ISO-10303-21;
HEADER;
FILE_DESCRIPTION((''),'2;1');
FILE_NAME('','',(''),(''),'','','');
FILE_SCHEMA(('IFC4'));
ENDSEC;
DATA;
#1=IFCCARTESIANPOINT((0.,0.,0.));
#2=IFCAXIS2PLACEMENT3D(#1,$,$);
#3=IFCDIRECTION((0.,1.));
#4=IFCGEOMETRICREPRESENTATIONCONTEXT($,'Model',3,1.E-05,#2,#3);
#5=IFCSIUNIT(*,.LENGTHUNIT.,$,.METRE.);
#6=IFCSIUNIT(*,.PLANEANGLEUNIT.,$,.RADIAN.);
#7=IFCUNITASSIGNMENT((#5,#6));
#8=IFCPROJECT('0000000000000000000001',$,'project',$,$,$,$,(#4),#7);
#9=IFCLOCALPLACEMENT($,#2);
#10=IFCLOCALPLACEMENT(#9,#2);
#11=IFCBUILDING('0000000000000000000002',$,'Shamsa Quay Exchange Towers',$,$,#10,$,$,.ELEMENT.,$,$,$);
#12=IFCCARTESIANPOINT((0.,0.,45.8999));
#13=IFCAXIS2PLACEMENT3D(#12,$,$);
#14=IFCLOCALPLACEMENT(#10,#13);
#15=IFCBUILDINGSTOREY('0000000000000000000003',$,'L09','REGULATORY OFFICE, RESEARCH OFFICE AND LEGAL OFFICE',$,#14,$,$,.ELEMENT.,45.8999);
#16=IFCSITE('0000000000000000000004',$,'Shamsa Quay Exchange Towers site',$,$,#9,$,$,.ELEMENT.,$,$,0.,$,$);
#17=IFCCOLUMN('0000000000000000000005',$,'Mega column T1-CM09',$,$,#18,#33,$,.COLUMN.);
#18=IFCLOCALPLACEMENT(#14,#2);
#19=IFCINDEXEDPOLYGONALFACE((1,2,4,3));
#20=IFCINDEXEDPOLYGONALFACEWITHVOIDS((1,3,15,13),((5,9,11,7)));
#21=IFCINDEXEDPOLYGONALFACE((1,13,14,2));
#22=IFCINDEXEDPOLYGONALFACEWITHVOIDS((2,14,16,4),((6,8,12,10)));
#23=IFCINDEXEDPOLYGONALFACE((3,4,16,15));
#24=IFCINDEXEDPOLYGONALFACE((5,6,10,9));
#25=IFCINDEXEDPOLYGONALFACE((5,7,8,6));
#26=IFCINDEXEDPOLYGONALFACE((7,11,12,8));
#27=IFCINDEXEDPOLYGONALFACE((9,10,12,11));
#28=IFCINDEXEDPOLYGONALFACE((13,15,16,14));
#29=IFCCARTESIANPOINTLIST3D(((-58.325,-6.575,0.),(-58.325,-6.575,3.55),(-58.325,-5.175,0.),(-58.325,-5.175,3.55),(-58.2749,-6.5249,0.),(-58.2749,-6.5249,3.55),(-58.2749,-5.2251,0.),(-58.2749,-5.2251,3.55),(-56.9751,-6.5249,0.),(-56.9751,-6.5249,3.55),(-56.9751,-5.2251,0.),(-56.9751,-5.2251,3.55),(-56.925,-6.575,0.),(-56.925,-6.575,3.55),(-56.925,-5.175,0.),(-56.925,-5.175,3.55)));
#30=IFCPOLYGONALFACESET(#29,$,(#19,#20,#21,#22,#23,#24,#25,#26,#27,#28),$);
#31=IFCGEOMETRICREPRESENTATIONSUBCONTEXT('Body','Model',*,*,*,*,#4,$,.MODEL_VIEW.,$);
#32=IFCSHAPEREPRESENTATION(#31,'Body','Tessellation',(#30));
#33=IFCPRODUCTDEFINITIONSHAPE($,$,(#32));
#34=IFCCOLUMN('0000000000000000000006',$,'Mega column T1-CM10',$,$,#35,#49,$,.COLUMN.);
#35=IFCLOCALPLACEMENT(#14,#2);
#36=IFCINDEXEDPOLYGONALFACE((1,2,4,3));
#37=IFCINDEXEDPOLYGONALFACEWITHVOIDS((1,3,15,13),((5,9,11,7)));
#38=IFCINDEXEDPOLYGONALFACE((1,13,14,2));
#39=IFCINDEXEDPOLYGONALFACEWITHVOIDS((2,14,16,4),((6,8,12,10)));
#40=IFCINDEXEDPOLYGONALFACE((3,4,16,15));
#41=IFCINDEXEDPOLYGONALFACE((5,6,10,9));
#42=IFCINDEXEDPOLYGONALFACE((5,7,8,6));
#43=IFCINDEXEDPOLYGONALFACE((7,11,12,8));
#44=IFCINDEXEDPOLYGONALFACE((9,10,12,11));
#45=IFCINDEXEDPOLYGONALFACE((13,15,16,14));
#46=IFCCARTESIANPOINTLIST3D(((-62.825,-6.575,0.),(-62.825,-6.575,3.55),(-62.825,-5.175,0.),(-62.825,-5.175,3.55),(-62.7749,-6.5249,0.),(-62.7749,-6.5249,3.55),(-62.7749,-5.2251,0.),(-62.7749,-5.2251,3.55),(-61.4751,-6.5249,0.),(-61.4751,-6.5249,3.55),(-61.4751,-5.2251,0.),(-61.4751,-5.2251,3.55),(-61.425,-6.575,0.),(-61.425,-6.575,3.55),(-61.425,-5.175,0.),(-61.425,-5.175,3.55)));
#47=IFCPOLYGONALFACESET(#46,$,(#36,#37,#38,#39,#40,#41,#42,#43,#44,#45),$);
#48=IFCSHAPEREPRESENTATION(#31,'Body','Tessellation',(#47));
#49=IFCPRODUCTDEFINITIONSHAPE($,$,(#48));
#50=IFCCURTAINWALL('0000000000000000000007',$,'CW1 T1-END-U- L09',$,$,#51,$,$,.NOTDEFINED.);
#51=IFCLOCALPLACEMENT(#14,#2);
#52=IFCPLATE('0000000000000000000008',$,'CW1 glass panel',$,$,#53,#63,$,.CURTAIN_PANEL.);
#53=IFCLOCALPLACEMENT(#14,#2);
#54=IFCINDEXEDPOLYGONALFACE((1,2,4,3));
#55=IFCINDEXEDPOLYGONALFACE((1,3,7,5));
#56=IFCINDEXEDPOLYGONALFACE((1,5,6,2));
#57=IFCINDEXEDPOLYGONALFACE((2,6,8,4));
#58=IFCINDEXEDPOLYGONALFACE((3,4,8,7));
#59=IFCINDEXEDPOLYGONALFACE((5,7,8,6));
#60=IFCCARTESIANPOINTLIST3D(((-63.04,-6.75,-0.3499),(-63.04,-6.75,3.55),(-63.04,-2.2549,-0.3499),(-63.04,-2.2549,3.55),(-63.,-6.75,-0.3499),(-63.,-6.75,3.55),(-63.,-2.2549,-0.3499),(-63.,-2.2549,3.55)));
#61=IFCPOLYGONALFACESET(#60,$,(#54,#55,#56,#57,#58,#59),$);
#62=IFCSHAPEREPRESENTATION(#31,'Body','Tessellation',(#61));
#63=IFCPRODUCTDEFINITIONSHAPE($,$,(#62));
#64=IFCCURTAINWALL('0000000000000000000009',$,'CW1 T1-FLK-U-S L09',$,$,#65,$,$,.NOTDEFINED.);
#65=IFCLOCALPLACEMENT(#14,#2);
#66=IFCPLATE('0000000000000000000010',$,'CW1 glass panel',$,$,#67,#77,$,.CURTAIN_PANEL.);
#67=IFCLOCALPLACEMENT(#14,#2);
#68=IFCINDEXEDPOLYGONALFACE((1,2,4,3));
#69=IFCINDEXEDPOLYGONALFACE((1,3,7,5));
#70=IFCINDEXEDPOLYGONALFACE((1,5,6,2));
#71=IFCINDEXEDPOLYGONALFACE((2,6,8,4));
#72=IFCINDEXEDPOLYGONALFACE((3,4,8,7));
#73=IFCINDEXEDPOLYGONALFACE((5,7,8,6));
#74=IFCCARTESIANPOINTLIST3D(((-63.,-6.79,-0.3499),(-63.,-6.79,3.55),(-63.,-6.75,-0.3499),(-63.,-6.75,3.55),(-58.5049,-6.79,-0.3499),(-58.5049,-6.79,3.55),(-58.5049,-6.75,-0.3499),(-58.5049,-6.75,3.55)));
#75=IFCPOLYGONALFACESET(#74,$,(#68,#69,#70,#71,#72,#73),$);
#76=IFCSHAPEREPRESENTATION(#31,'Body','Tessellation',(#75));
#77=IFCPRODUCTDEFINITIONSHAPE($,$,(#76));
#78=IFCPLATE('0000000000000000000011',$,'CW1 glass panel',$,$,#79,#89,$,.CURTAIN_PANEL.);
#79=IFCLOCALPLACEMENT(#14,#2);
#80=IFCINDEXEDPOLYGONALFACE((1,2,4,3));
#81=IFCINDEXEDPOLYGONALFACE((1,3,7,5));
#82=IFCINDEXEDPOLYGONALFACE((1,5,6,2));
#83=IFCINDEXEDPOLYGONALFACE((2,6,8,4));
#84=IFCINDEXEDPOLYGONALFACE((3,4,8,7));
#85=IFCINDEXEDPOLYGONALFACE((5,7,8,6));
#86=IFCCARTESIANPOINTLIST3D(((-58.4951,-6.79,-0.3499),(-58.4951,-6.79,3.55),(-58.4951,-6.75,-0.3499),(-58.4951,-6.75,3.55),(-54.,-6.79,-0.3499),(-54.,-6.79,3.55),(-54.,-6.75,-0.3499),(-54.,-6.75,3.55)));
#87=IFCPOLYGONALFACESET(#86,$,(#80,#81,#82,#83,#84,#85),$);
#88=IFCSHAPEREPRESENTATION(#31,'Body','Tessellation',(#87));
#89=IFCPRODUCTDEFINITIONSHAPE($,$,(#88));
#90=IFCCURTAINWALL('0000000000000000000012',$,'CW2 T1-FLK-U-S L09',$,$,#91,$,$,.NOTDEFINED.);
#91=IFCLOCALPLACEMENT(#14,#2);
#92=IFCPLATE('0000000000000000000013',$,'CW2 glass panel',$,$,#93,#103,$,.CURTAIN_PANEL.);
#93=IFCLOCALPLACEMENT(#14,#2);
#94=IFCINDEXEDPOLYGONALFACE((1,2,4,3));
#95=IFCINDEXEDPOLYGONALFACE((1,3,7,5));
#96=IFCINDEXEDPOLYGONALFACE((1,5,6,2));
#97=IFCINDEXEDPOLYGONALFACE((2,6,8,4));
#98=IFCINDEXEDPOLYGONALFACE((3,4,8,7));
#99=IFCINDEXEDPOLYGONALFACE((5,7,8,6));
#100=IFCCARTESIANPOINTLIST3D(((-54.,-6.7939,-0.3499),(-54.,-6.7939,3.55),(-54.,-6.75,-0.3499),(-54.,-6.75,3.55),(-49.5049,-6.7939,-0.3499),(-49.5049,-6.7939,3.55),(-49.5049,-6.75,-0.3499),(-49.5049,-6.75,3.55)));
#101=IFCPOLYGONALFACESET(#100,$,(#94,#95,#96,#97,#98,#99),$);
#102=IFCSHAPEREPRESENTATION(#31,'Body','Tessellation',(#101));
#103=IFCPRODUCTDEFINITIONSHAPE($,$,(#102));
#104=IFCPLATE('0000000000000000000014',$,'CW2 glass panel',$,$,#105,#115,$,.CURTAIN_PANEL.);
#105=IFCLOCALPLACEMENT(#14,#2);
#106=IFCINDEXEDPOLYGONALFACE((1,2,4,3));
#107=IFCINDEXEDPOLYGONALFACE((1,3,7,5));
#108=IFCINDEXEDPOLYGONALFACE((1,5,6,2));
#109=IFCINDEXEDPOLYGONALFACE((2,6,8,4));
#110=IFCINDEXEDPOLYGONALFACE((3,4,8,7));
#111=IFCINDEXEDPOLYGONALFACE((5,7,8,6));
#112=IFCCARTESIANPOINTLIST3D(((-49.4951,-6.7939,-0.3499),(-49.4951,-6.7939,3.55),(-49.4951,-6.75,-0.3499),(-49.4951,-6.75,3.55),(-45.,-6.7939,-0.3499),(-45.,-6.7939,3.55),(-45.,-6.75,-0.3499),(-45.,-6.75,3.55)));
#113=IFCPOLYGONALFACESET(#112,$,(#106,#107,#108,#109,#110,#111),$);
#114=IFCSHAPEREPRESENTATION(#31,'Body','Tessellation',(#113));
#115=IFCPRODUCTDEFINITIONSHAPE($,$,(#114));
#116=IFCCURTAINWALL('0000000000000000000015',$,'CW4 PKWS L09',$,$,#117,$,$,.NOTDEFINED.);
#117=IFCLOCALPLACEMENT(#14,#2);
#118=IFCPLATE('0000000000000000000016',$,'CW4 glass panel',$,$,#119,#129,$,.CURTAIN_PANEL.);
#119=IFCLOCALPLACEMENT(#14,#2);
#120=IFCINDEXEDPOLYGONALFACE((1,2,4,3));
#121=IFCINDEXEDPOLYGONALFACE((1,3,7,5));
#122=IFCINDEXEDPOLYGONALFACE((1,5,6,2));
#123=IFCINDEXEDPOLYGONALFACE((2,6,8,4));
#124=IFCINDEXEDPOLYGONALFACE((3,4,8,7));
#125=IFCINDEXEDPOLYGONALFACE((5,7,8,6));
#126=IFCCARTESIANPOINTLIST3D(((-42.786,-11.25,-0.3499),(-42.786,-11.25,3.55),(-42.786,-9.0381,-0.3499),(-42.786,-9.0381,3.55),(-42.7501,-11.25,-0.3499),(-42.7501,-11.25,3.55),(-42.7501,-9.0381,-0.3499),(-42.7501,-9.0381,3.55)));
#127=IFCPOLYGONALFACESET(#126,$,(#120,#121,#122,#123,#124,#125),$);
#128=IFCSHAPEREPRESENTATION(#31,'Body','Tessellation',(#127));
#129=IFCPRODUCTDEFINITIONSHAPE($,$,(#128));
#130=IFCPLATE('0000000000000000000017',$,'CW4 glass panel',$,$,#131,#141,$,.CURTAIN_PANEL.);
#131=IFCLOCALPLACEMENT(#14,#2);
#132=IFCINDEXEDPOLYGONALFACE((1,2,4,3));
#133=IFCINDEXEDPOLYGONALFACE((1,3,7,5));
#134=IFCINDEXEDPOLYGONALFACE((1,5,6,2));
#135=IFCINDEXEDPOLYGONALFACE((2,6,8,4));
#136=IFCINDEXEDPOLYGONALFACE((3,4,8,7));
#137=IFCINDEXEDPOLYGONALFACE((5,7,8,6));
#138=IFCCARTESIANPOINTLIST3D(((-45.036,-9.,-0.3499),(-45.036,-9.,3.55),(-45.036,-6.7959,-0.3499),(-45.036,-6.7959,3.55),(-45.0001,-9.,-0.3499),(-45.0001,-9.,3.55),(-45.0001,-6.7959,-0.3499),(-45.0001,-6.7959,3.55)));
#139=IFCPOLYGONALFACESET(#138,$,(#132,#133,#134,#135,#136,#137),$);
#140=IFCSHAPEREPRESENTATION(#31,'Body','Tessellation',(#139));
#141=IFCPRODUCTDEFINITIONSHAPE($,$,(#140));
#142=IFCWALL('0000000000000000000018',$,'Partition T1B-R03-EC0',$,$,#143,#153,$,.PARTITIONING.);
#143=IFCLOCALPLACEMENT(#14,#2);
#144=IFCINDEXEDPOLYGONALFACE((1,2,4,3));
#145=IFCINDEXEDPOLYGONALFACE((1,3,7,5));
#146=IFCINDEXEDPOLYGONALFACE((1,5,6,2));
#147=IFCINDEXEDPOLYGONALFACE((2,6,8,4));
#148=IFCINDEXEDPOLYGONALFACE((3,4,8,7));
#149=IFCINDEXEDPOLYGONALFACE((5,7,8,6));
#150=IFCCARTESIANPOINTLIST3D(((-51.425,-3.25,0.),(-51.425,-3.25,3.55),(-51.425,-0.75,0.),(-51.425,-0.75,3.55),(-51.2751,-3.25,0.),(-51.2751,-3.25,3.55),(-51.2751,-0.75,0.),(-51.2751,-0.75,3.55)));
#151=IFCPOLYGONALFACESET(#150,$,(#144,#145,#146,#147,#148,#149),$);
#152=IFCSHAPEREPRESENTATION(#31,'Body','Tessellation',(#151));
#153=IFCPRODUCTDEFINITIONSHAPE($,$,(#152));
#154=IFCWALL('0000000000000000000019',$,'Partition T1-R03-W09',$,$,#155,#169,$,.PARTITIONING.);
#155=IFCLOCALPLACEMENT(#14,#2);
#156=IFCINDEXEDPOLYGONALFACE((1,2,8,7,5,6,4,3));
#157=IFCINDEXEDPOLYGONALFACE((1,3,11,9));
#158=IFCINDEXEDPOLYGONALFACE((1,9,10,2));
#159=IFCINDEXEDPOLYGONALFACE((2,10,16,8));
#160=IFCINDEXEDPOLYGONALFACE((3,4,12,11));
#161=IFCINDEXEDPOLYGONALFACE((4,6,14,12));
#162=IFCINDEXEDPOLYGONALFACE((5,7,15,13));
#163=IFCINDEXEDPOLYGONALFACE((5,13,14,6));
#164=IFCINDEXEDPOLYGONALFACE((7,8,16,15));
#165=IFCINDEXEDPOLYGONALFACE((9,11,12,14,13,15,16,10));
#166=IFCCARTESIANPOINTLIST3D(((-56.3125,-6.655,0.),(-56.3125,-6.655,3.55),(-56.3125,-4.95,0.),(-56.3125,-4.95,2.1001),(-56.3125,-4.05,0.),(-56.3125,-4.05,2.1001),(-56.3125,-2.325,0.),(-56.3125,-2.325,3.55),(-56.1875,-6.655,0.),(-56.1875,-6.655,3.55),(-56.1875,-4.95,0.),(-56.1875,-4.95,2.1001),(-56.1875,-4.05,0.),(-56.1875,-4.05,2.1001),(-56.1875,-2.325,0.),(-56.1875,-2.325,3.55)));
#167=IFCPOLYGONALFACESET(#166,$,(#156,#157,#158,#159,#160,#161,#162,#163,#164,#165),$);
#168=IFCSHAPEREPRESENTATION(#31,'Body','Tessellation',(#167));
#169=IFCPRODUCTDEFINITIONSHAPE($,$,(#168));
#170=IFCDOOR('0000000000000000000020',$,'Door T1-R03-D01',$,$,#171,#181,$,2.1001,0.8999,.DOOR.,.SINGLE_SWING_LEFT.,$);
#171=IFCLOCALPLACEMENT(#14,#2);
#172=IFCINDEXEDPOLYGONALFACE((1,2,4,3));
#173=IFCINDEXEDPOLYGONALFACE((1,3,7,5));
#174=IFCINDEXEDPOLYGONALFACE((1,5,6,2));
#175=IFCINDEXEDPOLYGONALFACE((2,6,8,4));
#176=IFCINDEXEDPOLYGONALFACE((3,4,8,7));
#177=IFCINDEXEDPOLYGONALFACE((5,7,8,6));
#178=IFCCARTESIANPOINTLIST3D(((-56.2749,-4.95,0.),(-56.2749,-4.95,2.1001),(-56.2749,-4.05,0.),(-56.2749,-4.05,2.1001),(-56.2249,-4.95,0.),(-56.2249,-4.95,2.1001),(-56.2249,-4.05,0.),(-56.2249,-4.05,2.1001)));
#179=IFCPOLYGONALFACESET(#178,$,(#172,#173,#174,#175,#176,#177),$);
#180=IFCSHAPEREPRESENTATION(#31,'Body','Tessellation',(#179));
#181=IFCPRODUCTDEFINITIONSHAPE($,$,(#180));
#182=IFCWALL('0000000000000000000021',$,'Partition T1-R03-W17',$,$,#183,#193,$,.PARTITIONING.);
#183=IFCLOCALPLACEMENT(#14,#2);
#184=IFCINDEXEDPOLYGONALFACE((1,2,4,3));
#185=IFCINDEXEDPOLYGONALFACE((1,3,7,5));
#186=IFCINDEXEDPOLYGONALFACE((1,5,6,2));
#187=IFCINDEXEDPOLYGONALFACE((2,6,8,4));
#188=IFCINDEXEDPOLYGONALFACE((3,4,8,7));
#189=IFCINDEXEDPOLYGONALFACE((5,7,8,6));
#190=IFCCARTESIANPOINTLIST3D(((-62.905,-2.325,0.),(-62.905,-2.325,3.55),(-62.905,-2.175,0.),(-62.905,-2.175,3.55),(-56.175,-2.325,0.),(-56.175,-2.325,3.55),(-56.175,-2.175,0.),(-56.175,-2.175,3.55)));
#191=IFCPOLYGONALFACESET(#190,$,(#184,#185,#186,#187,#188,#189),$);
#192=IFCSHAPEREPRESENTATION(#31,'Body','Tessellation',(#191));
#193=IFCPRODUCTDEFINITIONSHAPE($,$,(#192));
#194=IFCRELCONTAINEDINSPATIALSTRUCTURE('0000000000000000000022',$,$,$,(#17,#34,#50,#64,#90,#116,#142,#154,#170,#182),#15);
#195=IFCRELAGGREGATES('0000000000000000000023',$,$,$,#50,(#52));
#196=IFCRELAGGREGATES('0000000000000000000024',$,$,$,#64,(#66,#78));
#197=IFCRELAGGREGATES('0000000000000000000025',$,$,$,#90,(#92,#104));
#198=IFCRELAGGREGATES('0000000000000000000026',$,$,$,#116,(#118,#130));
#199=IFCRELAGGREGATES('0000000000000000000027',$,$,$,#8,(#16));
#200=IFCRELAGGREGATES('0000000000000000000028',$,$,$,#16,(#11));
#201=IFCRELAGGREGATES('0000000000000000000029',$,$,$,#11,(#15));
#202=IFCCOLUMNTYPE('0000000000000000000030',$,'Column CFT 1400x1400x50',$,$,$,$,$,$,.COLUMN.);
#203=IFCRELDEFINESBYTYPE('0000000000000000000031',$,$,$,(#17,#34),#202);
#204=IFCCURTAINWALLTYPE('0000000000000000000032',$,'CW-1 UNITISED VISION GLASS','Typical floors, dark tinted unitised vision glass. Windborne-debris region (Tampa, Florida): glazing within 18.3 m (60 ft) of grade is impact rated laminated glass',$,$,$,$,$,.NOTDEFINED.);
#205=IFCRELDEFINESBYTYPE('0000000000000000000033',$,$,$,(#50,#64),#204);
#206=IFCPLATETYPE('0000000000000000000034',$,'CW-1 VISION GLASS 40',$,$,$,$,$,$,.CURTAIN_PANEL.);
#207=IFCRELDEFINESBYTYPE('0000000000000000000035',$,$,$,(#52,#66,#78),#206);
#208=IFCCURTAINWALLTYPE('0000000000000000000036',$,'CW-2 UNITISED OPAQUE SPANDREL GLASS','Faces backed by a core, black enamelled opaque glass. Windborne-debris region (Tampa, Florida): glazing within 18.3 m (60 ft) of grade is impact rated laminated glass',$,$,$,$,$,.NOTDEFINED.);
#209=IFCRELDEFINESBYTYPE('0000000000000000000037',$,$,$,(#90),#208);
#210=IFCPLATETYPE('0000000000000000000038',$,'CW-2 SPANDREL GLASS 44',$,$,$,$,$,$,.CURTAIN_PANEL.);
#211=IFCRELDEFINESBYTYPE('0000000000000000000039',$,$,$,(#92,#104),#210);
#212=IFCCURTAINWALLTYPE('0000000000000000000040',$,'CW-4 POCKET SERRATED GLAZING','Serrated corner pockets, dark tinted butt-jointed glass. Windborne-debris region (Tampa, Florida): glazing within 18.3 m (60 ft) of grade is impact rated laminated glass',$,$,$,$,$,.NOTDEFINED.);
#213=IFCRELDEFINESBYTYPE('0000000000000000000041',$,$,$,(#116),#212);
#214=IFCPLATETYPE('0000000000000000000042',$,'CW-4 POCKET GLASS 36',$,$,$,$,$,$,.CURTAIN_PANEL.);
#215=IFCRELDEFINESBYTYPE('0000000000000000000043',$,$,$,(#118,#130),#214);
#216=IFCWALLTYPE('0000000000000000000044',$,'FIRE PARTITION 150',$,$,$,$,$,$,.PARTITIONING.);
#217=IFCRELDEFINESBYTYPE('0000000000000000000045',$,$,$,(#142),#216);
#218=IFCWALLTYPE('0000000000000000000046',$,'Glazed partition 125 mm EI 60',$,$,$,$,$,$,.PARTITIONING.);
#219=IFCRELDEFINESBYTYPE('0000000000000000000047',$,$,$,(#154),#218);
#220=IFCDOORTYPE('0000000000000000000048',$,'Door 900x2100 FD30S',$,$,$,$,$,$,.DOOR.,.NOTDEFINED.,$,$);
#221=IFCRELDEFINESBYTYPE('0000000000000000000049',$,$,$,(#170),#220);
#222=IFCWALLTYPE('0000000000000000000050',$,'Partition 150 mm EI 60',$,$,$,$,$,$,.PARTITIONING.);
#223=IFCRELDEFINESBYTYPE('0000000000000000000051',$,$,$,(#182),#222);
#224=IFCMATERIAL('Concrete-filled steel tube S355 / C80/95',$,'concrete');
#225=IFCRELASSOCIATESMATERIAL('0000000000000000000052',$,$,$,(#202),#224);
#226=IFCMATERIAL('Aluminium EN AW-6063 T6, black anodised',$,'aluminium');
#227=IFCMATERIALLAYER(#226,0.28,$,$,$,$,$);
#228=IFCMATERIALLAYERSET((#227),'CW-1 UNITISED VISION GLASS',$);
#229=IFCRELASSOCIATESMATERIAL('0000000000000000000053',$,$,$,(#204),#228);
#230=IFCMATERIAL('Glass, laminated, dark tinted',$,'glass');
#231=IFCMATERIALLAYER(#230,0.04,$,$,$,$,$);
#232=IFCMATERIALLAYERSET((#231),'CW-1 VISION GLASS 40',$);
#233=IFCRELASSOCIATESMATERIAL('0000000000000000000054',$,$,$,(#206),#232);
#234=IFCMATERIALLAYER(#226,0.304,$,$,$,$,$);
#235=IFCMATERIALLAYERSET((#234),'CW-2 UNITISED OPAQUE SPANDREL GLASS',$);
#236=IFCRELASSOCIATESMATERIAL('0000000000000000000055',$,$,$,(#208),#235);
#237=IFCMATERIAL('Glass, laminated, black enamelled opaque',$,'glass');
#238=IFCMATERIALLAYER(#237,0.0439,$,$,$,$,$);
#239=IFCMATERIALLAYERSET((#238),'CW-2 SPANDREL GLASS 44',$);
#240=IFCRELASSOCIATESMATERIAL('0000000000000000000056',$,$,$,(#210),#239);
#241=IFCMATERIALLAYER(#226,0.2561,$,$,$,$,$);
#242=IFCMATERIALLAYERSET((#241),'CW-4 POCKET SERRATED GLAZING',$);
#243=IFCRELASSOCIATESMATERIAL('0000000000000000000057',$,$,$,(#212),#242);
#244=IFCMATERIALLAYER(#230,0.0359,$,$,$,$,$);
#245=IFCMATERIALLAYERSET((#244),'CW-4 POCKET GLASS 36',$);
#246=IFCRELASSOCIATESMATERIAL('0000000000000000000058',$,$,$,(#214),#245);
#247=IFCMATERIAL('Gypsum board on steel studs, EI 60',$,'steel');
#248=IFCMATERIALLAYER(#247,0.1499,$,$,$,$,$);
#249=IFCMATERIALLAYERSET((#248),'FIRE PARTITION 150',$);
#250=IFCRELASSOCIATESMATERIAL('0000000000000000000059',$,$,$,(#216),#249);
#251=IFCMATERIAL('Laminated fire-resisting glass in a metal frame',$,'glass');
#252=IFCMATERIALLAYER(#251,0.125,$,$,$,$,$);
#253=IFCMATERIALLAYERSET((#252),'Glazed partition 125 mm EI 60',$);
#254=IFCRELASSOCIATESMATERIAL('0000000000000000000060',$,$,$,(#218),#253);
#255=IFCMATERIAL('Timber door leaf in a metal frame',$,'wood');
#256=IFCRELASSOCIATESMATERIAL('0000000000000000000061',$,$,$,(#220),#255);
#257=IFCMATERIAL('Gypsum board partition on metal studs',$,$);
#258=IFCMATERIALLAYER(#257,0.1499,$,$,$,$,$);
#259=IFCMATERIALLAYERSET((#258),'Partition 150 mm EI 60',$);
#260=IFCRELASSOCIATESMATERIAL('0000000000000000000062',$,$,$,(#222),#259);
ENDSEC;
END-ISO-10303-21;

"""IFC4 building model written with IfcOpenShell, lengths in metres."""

from ifc_helpers import new_model, si_unit, direction, frame, frame_2d, origin, origin_2d, place, context, subcontext, project, spatial, rectangle, hollow_rectangle, extrude, material, layer, layer_set, material_profile, profile_set, type_object, element, fill, aggregate, save


model = new_model("IFC4")

# Units and contexts
model_context = context("Model", 3, precision=1e-05, world=origin(), true_north=direction((0.0, 1.0)))
body_context = subcontext(model_context, "Body", "Model", "MODEL_VIEW")
ifc_project = project(units=[si_unit("LENGTHUNIT", "METRE"), si_unit("PLANEANGLEUNIT", "RADIAN")], contexts=[model_context])

# Site, building, storey
site_placement = place(None, origin())
site = spatial("IfcSite", under=ifc_project, at=site_placement, Name="Shamsa Quay Exchange Towers site", CompositionType="ELEMENT", RefElevation=0.0)
building_placement = place(site_placement, origin())
building = spatial("IfcBuilding", under=site, at=building_placement, Name="Shamsa Quay Exchange Towers", CompositionType="ELEMENT")
storey_placement = place(building_placement, frame((0.0, 0.0, 45.8999)))
storey = spatial("IfcBuildingStorey", under=building, at=storey_placement, Name="L09", Description="REGULATORY OFFICE, RESEARCH OFFICE AND LEGAL OFFICE", CompositionType="ELEMENT", Elevation=45.8999)

# Columns
ifc_material_1 = material(Name="Concrete-filled steel tube S355 / C80/95", Category="concrete")
ifc_material_profile = material_profile(ifc_material_1, hollow_rectangle(XDim=1.3999, YDim=1.3999, WallThickness=0.05, at=origin_2d()), Name="CFT 1400x1400x50")
ifc_profile_set = profile_set([ifc_material_profile], Name="Concrete-filled steel tube S355 / C80/95")
column_type = type_object("IfcColumnType", Name="Column CFT 1400x1400x50", PredefinedType="COLUMN", material=ifc_profile_set)
for number, where, name in (
    (1, (-57.625, -5.875, 0.0), "Mega column T1-CM09"),
    (2, (-62.125, -5.875, 0.0), "Mega column T1-CM10"),
):
    element("IfcColumn", number, at=place(storey_placement, frame(where)), inside=storey, type_object=column_type, Name=name, PredefinedType="COLUMN", context=body_context, shape_type="SweptSolid", body=[
        extrude(hollow_rectangle(XDim=1.3999, YDim=1.3999, WallThickness=0.05, at=origin_2d()), origin(), (0.0, 0.0, 1.0), 3.55),
    ])

# Curtain wall, plate
ifc_material_2 = material(Name="Aluminium EN AW-6063 T6, black anodised", Category="aluminium")
ifc_layer_1 = layer(ifc_material_2, 0.28)
ifc_layer_set_1 = layer_set([ifc_layer_1], Name="CW-1 UNITISED VISION GLASS")
curtain_wall_type_1 = type_object("IfcCurtainWallType", Name="CW-1 UNITISED VISION GLASS", Description="Typical floors, dark tinted unitised vision glass. Windborne-debris region (Tampa, Florida): glazing within 18.3 m (60 ft) of grade is impact rated laminated glass", PredefinedType="NOTDEFINED", material=ifc_layer_set_1)
curtain_wall_1_placement = place(storey_placement, origin())
curtain_wall_1 = element("IfcCurtainWall", 3, at=curtain_wall_1_placement, inside=storey, type_object=curtain_wall_type_1, Name="CW1 T1-END-U- L09", PredefinedType="NOTDEFINED")
ifc_material_3 = material(Name="Glass, laminated, dark tinted", Category="glass")
ifc_layer_2 = layer(ifc_material_3, 0.04)
ifc_layer_set_2 = layer_set([ifc_layer_2], Name="CW-1 VISION GLASS 40")
plate_type_1 = type_object("IfcPlateType", Name="CW-1 VISION GLASS 40", PredefinedType="CURTAIN_PANEL", material=ifc_layer_set_2)
plate_1_placement = place(storey_placement, frame((-63.02, -4.5024, -0.3499), z_axis=(0.0, 0.0, 1.0), x_axis=(0.0, -1.0, 0.0)))
plate_1 = element("IfcPlate", 4, at=plate_1_placement, type_object=plate_type_1, Name="CW1 glass panel", PredefinedType="CURTAIN_PANEL", context=body_context, shape_type="SweptSolid", body=[
    extrude(rectangle(XDim=4.4951, YDim=0.04, at=origin_2d()), origin(), (0.0, 0.0, 1.0), 3.8999),
])
aggregate(curtain_wall_1, [plate_1])

# Curtain walls, plates
curtain_wall_2_placement = place(storey_placement, origin())
curtain_wall_2 = element("IfcCurtainWall", 5, at=curtain_wall_2_placement, inside=storey, type_object=curtain_wall_type_1, Name="CW1 T1-FLK-U-S L09", PredefinedType="NOTDEFINED")
plate_2_placement = place(storey_placement, frame((-60.7524, -6.77, -0.3499)))
plate_2 = element("IfcPlate", 6, at=plate_2_placement, type_object=plate_type_1, Name="CW1 glass panel", PredefinedType="CURTAIN_PANEL", context=body_context, shape_type="SweptSolid", body=[
    extrude(rectangle(XDim=4.4951, YDim=0.04, at=origin_2d()), origin(), (0.0, 0.0, 1.0), 3.8999),
])
plate_3_placement = place(storey_placement, frame((-56.2476, -6.77, -0.3499)))
plate_3 = element("IfcPlate", 7, at=plate_3_placement, type_object=plate_type_1, Name="CW1 glass panel", PredefinedType="CURTAIN_PANEL", context=body_context, shape_type="SweptSolid", body=[
    extrude(rectangle(XDim=4.4951, YDim=0.04, at=origin_2d()), origin(), (0.0, 0.0, 1.0), 3.8999),
])
aggregate(curtain_wall_2, [plate_2, plate_3])
ifc_layer_3 = layer(ifc_material_2, 0.304)
ifc_layer_set_3 = layer_set([ifc_layer_3], Name="CW-2 UNITISED OPAQUE SPANDREL GLASS")
curtain_wall_type_2 = type_object("IfcCurtainWallType", Name="CW-2 UNITISED OPAQUE SPANDREL GLASS", Description="Faces backed by a core, black enamelled opaque glass. Windborne-debris region (Tampa, Florida): glazing within 18.3 m (60 ft) of grade is impact rated laminated glass", PredefinedType="NOTDEFINED", material=ifc_layer_set_3)
curtain_wall_3_placement = place(storey_placement, origin())
curtain_wall_3 = element("IfcCurtainWall", 8, at=curtain_wall_3_placement, inside=storey, type_object=curtain_wall_type_2, Name="CW2 T1-FLK-U-S L09", PredefinedType="NOTDEFINED")
ifc_material_4 = material(Name="Glass, laminated, black enamelled opaque", Category="glass")
ifc_layer_4 = layer(ifc_material_4, 0.0439)
ifc_layer_set_4 = layer_set([ifc_layer_4], Name="CW-2 SPANDREL GLASS 44")
plate_type_2 = type_object("IfcPlateType", Name="CW-2 SPANDREL GLASS 44", PredefinedType="CURTAIN_PANEL", material=ifc_layer_set_4)
plate_4_placement = place(storey_placement, frame((-51.7524, -6.772, -0.3499)))
plate_4 = element("IfcPlate", 9, at=plate_4_placement, type_object=plate_type_2, Name="CW2 glass panel", PredefinedType="CURTAIN_PANEL", context=body_context, shape_type="SweptSolid", body=[
    extrude(rectangle(XDim=4.4951, YDim=0.0439, at=origin_2d()), origin(), (0.0, 0.0, 1.0), 3.8999),
])
plate_5_placement = place(storey_placement, frame((-47.2476, -6.772, -0.3499)))
plate_5 = element("IfcPlate", 10, at=plate_5_placement, type_object=plate_type_2, Name="CW2 glass panel", PredefinedType="CURTAIN_PANEL", context=body_context, shape_type="SweptSolid", body=[
    extrude(rectangle(XDim=4.4951, YDim=0.0439, at=origin_2d()), origin(), (0.0, 0.0, 1.0), 3.8999),
])
aggregate(curtain_wall_3, [plate_4, plate_5])
ifc_layer_5 = layer(ifc_material_2, 0.2561)
ifc_layer_set_5 = layer_set([ifc_layer_5], Name="CW-4 POCKET SERRATED GLAZING")
curtain_wall_type_3 = type_object("IfcCurtainWallType", Name="CW-4 POCKET SERRATED GLAZING", Description="Serrated corner pockets, dark tinted butt-jointed glass. Windborne-debris region (Tampa, Florida): glazing within 18.3 m (60 ft) of grade is impact rated laminated glass", PredefinedType="NOTDEFINED", material=ifc_layer_set_5)
curtain_wall_4_placement = place(storey_placement, origin())
curtain_wall_4 = element("IfcCurtainWall", 11, at=curtain_wall_4_placement, inside=storey, type_object=curtain_wall_type_3, Name="CW4 PKWS L09", PredefinedType="NOTDEFINED")
ifc_layer_6 = layer(ifc_material_3, 0.0359)
ifc_layer_set_6 = layer_set([ifc_layer_6], Name="CW-4 POCKET GLASS 36")
plate_type_3 = type_object("IfcPlateType", Name="CW-4 POCKET GLASS 36", PredefinedType="CURTAIN_PANEL", material=ifc_layer_set_6)
plate_6_placement = place(storey_placement, frame((-42.7681, -10.144, -0.3499), z_axis=(0.0, 0.0, 1.0), x_axis=(0.0, -1.0, 0.0)))
plate_6 = element("IfcPlate", 12, at=plate_6_placement, type_object=plate_type_3, Name="CW4 glass panel", PredefinedType="CURTAIN_PANEL", context=body_context, shape_type="SweptSolid", body=[
    extrude(rectangle(XDim=2.2119, YDim=0.0359, at=origin_2d()), origin(), (0.0, 0.0, 1.0), 3.8999),
])
plate_7_placement = place(storey_placement, frame((-45.0181, -7.8979, -0.3499), z_axis=(0.0, 0.0, 1.0), x_axis=(0.0, -1.0, 0.0)))
plate_7 = element("IfcPlate", 13, at=plate_7_placement, type_object=plate_type_3, Name="CW4 glass panel", PredefinedType="CURTAIN_PANEL", context=body_context, shape_type="SweptSolid", body=[
    extrude(rectangle(XDim=2.2041, YDim=0.0359, at=origin_2d()), origin(), (0.0, 0.0, 1.0), 3.8999),
])
aggregate(curtain_wall_4, [plate_6, plate_7])

# Wall
ifc_material_5 = material(Name="Gypsum board on steel studs, EI 60", Category="steel")
ifc_layer_7 = layer(ifc_material_5, 0.1499)
ifc_layer_set_7 = layer_set([ifc_layer_7], Name="FIRE PARTITION 150")
wall_type_1 = type_object("IfcWallType", Name="FIRE PARTITION 150", PredefinedType="PARTITIONING", material=ifc_layer_set_7)
wall_1_placement = place(storey_placement, frame((-51.3501, -3.25, 0.0), z_axis=(0.0, 0.0, 1.0), x_axis=(0.0, 1.0, 0.0)))
element("IfcWall", 14, at=wall_1_placement, inside=storey, type_object=wall_type_1, Name="Partition T1B-R03-EC0", PredefinedType="PARTITIONING", context=body_context, shape_type="SweptSolid", body=[
    extrude(rectangle(XDim=2.5, YDim=0.1499, at=frame_2d((1.25, 0.0))), origin(), (0.0, 0.0, 1.0), 3.55),
])

# Wall, opening, door
ifc_material_6 = material(Name="Laminated fire-resisting glass in a metal frame", Category="glass")
ifc_layer_8 = layer(ifc_material_6, 0.125)
ifc_layer_set_8 = layer_set([ifc_layer_8], Name="Glazed partition 125 mm EI 60")
wall_type_2 = type_object("IfcWallType", Name="Glazed partition 125 mm EI 60", PredefinedType="PARTITIONING", material=ifc_layer_set_8)
wall_2_placement = place(storey_placement, frame((-56.25, -6.655, 0.0), z_axis=(0.0, 0.0, 1.0), x_axis=(0.0, 1.0, 0.0)))
wall_2 = element("IfcWall", 15, at=wall_2_placement, inside=storey, type_object=wall_type_2, Name="Partition T1-R03-W09", PredefinedType="PARTITIONING", context=body_context, shape_type="SweptSolid", body=[
    extrude(rectangle(XDim=4.3301, YDim=0.125, at=frame_2d((2.165, 0.0))), origin(), (0.0, 0.0, 1.0), 3.55),
])
opening_1_placement = place(wall_2_placement, frame((1.7051, 0.0, 0.0)))
opening_1 = element("IfcOpeningElement", 16, at=opening_1_placement, cuts=wall_2, PredefinedType="OPENING", context=body_context, shape_type="SweptSolid", body=[
    extrude(rectangle(XDim=0.8999, YDim=2.1001, at=frame_2d((0.45, 1.05))), frame((0.0, 0.0725, 0.0), z_axis=(0.0, -1.0, 0.0), x_axis=(1.0, 0.0, 0.0)), (0.0, 0.0, 1.0), 0.145),
])
ifc_material_7 = material(Name="Timber door leaf in a metal frame", Category="wood")
door_type_1 = type_object("IfcDoorType", Name="Door 900x2100 FD30S", OperationType="NOTDEFINED", PredefinedType="DOOR", material=ifc_material_7)
door_1_placement = place(opening_1_placement, origin())
door_1 = element("IfcDoor", 17, at=door_1_placement, inside=storey, type_object=door_type_1, Name="Door T1-R03-D01", OperationType="SINGLE_SWING_LEFT", OverallHeight=2.1001, OverallWidth=0.8999, PredefinedType="DOOR", context=body_context, shape_type="SweptSolid", body=[
    extrude(rectangle(XDim=0.8999, YDim=2.1001, at=frame_2d((0.45, 1.05))), frame((0.0, 0.0249, 0.0), z_axis=(0.0, -1.0, 0.0), x_axis=(1.0, 0.0, 0.0)), (0.0, 0.0, 1.0), 0.05),
])
fill(opening_1, door_1)

# Wall
ifc_material_8 = material(Name="Gypsum board partition on metal studs")
ifc_layer_9 = layer(ifc_material_8, 0.1499)
ifc_layer_set_9 = layer_set([ifc_layer_9], Name="Partition 150 mm EI 60")
wall_type_3 = type_object("IfcWallType", Name="Partition 150 mm EI 60", PredefinedType="PARTITIONING", material=ifc_layer_set_9)
wall_3_placement = place(storey_placement, frame((-56.175, -2.25, 0.0), z_axis=(0.0, 0.0, 1.0), x_axis=(-1.0, 0.0, 0.0)))
element("IfcWall", 18, at=wall_3_placement, inside=storey, type_object=wall_type_3, Name="Partition T1-R03-W17", PredefinedType="PARTITIONING", context=body_context, shape_type="SweptSolid", body=[
    extrude(rectangle(XDim=6.73, YDim=0.1499, at=frame_2d((3.365, 0.0))), origin(), (0.0, 0.0, 1.0), 3.55),
])

save(model, "model.ifc")
